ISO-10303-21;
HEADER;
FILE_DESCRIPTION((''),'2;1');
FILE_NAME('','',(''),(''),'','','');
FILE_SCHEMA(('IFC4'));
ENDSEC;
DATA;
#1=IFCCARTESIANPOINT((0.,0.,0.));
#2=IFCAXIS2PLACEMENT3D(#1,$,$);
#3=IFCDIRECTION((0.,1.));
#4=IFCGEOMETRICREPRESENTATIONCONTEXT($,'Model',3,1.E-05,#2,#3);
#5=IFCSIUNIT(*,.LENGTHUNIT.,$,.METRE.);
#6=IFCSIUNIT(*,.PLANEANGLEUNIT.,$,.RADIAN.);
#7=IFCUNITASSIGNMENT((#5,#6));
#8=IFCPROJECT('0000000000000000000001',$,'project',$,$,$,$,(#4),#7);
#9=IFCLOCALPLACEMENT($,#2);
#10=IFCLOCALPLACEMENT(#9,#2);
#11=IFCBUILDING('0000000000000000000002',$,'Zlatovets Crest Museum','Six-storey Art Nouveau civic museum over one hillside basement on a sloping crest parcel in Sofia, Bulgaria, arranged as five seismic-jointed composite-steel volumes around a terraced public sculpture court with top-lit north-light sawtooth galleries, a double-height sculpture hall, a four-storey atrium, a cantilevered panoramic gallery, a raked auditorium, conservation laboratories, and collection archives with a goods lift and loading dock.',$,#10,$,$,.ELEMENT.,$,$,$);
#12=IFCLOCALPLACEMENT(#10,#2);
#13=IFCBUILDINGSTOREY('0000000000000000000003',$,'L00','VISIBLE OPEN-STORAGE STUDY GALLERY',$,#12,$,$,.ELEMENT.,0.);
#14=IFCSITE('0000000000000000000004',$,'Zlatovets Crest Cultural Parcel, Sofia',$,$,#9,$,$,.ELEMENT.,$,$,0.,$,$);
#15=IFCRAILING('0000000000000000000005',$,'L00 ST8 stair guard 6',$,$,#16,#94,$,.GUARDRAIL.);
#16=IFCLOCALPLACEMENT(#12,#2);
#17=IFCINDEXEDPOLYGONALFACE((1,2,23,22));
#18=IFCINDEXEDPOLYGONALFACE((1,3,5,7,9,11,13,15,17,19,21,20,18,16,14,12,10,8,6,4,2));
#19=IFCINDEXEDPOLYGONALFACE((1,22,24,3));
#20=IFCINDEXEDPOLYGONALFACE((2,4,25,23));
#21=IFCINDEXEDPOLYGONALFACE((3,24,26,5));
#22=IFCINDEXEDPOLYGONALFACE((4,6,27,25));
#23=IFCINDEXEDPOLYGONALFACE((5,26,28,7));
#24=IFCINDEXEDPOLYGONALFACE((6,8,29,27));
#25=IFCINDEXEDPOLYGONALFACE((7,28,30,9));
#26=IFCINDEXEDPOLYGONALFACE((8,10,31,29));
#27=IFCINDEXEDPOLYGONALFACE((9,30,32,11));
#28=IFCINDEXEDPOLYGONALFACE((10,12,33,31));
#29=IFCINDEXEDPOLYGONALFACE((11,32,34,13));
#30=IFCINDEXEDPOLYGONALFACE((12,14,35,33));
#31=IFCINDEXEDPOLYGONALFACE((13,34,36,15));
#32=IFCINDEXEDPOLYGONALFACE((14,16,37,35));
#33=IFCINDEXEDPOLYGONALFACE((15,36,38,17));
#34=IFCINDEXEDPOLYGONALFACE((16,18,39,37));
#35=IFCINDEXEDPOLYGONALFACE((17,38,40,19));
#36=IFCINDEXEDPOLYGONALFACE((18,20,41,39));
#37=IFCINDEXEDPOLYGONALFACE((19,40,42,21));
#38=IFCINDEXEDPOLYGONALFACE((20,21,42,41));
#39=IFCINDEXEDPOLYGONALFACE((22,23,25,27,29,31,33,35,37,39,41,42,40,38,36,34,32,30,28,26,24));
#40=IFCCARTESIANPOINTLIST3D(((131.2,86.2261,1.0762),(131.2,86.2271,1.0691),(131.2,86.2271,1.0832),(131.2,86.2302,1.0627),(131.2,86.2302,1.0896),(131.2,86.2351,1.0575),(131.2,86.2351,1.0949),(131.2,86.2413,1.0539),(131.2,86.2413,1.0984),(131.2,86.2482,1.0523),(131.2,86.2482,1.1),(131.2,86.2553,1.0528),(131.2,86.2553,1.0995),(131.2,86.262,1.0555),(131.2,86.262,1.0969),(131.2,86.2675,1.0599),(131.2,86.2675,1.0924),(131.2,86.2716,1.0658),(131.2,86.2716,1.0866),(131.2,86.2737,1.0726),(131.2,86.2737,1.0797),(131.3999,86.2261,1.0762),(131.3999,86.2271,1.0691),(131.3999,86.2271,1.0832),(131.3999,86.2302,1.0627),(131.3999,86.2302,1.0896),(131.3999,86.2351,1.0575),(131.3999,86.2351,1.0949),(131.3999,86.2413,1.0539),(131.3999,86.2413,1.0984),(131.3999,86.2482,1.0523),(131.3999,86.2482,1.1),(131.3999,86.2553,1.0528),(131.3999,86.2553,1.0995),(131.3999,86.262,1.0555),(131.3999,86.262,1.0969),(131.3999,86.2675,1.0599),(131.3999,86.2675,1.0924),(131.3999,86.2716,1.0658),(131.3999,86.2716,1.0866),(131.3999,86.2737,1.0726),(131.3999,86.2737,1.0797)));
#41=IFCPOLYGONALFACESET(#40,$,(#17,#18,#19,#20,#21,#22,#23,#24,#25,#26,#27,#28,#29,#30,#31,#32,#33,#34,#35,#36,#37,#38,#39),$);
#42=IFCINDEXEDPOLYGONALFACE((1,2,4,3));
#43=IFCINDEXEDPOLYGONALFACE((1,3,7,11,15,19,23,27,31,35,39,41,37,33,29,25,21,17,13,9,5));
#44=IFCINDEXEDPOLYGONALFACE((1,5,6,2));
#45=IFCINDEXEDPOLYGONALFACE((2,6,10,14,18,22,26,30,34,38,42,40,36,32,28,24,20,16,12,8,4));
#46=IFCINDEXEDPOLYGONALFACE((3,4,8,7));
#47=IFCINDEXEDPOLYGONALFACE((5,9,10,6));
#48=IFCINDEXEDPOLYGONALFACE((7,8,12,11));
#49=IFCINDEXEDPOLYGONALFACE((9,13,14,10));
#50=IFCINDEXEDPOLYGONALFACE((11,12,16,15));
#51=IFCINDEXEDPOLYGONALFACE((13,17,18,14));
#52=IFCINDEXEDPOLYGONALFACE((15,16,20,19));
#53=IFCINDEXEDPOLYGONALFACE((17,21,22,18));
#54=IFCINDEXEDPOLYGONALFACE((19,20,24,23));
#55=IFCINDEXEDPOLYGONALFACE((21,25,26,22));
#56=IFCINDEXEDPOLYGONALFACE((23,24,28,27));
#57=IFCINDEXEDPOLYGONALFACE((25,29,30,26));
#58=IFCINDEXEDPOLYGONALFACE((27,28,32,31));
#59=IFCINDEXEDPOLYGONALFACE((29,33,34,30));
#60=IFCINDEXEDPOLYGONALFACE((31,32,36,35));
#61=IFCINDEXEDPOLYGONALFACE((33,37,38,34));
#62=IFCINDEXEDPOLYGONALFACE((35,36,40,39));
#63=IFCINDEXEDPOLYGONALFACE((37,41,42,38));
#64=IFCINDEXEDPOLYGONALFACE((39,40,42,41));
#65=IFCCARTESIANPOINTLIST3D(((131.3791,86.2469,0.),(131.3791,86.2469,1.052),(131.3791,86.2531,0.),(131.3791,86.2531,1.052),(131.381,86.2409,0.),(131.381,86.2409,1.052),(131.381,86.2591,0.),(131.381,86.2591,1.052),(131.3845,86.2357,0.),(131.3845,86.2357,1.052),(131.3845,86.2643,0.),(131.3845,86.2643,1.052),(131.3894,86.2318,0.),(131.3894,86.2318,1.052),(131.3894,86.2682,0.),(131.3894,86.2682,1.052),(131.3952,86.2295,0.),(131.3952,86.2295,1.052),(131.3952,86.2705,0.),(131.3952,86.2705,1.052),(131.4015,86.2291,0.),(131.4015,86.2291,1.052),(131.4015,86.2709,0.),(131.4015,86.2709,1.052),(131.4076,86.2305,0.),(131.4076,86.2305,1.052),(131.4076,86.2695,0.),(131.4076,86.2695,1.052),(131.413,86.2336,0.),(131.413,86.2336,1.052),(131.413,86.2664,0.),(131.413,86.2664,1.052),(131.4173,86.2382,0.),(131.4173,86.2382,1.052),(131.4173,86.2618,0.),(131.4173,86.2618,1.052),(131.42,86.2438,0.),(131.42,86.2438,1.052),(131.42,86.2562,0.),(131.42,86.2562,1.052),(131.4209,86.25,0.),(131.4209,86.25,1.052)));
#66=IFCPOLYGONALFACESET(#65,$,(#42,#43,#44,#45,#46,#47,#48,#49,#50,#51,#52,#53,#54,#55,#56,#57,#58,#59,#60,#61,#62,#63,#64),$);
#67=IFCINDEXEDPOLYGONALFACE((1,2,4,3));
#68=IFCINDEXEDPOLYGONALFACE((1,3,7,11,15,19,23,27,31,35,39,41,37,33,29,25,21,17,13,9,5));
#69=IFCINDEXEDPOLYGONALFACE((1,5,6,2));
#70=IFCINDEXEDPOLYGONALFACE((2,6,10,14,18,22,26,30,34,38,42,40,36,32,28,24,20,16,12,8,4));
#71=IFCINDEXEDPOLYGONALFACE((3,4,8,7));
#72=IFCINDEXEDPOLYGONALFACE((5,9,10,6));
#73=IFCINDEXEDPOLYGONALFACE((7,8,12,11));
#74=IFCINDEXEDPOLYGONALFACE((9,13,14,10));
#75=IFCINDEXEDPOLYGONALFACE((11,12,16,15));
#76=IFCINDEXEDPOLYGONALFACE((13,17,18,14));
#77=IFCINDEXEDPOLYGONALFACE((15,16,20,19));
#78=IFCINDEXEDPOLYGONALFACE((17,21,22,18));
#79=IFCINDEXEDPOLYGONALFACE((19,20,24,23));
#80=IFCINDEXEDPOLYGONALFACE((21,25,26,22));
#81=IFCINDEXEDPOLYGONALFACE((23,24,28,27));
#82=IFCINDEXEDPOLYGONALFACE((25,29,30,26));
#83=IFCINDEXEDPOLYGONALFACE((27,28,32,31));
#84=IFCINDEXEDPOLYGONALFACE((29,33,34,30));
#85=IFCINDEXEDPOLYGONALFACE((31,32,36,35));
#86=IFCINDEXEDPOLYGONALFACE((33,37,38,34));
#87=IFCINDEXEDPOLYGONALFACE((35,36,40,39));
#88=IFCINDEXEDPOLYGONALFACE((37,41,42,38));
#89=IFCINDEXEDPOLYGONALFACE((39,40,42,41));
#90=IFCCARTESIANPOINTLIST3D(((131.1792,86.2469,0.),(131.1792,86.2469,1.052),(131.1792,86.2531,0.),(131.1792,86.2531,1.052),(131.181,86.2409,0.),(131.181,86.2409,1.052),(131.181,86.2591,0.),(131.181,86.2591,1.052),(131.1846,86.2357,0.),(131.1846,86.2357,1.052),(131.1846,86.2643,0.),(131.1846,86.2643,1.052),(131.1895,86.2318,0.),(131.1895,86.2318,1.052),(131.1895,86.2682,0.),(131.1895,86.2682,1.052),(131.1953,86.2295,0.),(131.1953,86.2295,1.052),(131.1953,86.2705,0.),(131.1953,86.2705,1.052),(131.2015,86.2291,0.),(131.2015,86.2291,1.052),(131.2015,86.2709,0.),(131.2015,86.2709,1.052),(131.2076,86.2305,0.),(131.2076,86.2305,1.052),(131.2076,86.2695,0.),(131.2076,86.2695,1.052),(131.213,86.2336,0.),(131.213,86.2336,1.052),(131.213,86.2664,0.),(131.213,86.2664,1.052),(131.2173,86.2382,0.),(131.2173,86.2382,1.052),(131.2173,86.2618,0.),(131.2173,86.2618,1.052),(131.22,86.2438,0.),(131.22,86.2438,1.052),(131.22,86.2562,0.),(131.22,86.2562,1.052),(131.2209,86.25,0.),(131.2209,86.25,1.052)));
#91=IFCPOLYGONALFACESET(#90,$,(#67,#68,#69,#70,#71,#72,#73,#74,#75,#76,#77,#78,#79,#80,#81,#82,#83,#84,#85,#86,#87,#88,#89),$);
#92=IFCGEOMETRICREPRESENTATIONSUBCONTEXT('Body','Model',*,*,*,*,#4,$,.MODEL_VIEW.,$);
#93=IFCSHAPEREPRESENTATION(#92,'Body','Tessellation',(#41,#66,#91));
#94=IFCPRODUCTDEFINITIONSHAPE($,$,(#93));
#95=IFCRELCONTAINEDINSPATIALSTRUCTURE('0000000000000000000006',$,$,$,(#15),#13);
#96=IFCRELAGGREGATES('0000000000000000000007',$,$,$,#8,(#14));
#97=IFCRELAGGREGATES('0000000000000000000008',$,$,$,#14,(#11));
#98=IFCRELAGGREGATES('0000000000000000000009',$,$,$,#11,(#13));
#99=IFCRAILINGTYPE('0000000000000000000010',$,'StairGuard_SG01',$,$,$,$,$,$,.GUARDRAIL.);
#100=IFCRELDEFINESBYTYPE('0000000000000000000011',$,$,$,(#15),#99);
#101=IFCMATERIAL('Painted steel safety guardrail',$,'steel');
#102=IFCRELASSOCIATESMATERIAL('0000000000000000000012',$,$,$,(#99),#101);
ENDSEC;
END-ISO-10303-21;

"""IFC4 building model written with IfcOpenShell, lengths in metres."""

from ifc_helpers import new_model, si_unit, direction, frame, origin, origin_2d, place, context, subcontext, project, spatial, circle, extrude, material, type_object, element, save


model = new_model("IFC4")

# Units and contexts
model_context = context("Model", 3, precision=1e-05, world=origin(), true_north=direction((0.0, 1.0)))
body_context = subcontext(model_context, "Body", "Model", "MODEL_VIEW")
ifc_project = project(units=[si_unit("LENGTHUNIT", "METRE"), si_unit("PLANEANGLEUNIT", "RADIAN")], contexts=[model_context])

# Site, building, storey
site_placement = place(None, origin())
site = spatial("IfcSite", under=ifc_project, at=site_placement, Name="Zlatovets Crest Cultural Parcel, Sofia", CompositionType="ELEMENT", RefElevation=0.0)
building_placement = place(site_placement, origin())
building = spatial("IfcBuilding", under=site, at=building_placement, Name="Zlatovets Crest Museum", Description="Six-storey Art Nouveau civic museum over one hillside basement on a sloping crest parcel in Sofia, Bulgaria, arranged as five seismic-jointed composite-steel volumes around a terraced public sculpture court with top-lit north-light sawtooth galleries, a double-height sculpture hall, a four-storey atrium, a cantilevered panoramic gallery, a raked auditorium, conservation laboratories, and collection archives with a goods lift and loading dock.", CompositionType="ELEMENT")
storey_placement = place(building_placement, origin())
storey = spatial("IfcBuildingStorey", under=building, at=storey_placement, Name="L00", Description="VISIBLE OPEN-STORAGE STUDY GALLERY", CompositionType="ELEMENT", Elevation=0.0)

# Railing
ifc_material_1 = material(Name="Painted steel safety guardrail", Category="steel")
railing_type_1 = type_object("IfcRailingType", Name="StairGuard_SG01", PredefinedType="GUARDRAIL", material=ifc_material_1)
railing_1_placement = place(storey_placement, frame((131.3999, 86.25, 0.0)))
element("IfcRailing", 1, at=railing_1_placement, inside=storey, type_object=railing_type_1, Name="L00 ST8 stair guard 6", PredefinedType="GUARDRAIL", context=body_context, shape_type="SweptSolid", body=[
    extrude(circle(Radius=0.0239, at=origin_2d()), frame((0.0, 0.0, 1.0762), z_axis=(-1.0, 0.0, 0.0), x_axis=(0.0, -1.0, 0.0)), (0.0, 0.0, 1.0), 0.2),
    extrude(circle(Radius=0.021, at=origin_2d()), origin(), (0.0, 0.0, 1.0), 1.052),
    extrude(circle(Radius=0.021, at=origin_2d()), frame((-0.2, 0.0, 0.0)), (0.0, 0.0, 1.0), 1.052),
])

save(model, "model.ifc")
